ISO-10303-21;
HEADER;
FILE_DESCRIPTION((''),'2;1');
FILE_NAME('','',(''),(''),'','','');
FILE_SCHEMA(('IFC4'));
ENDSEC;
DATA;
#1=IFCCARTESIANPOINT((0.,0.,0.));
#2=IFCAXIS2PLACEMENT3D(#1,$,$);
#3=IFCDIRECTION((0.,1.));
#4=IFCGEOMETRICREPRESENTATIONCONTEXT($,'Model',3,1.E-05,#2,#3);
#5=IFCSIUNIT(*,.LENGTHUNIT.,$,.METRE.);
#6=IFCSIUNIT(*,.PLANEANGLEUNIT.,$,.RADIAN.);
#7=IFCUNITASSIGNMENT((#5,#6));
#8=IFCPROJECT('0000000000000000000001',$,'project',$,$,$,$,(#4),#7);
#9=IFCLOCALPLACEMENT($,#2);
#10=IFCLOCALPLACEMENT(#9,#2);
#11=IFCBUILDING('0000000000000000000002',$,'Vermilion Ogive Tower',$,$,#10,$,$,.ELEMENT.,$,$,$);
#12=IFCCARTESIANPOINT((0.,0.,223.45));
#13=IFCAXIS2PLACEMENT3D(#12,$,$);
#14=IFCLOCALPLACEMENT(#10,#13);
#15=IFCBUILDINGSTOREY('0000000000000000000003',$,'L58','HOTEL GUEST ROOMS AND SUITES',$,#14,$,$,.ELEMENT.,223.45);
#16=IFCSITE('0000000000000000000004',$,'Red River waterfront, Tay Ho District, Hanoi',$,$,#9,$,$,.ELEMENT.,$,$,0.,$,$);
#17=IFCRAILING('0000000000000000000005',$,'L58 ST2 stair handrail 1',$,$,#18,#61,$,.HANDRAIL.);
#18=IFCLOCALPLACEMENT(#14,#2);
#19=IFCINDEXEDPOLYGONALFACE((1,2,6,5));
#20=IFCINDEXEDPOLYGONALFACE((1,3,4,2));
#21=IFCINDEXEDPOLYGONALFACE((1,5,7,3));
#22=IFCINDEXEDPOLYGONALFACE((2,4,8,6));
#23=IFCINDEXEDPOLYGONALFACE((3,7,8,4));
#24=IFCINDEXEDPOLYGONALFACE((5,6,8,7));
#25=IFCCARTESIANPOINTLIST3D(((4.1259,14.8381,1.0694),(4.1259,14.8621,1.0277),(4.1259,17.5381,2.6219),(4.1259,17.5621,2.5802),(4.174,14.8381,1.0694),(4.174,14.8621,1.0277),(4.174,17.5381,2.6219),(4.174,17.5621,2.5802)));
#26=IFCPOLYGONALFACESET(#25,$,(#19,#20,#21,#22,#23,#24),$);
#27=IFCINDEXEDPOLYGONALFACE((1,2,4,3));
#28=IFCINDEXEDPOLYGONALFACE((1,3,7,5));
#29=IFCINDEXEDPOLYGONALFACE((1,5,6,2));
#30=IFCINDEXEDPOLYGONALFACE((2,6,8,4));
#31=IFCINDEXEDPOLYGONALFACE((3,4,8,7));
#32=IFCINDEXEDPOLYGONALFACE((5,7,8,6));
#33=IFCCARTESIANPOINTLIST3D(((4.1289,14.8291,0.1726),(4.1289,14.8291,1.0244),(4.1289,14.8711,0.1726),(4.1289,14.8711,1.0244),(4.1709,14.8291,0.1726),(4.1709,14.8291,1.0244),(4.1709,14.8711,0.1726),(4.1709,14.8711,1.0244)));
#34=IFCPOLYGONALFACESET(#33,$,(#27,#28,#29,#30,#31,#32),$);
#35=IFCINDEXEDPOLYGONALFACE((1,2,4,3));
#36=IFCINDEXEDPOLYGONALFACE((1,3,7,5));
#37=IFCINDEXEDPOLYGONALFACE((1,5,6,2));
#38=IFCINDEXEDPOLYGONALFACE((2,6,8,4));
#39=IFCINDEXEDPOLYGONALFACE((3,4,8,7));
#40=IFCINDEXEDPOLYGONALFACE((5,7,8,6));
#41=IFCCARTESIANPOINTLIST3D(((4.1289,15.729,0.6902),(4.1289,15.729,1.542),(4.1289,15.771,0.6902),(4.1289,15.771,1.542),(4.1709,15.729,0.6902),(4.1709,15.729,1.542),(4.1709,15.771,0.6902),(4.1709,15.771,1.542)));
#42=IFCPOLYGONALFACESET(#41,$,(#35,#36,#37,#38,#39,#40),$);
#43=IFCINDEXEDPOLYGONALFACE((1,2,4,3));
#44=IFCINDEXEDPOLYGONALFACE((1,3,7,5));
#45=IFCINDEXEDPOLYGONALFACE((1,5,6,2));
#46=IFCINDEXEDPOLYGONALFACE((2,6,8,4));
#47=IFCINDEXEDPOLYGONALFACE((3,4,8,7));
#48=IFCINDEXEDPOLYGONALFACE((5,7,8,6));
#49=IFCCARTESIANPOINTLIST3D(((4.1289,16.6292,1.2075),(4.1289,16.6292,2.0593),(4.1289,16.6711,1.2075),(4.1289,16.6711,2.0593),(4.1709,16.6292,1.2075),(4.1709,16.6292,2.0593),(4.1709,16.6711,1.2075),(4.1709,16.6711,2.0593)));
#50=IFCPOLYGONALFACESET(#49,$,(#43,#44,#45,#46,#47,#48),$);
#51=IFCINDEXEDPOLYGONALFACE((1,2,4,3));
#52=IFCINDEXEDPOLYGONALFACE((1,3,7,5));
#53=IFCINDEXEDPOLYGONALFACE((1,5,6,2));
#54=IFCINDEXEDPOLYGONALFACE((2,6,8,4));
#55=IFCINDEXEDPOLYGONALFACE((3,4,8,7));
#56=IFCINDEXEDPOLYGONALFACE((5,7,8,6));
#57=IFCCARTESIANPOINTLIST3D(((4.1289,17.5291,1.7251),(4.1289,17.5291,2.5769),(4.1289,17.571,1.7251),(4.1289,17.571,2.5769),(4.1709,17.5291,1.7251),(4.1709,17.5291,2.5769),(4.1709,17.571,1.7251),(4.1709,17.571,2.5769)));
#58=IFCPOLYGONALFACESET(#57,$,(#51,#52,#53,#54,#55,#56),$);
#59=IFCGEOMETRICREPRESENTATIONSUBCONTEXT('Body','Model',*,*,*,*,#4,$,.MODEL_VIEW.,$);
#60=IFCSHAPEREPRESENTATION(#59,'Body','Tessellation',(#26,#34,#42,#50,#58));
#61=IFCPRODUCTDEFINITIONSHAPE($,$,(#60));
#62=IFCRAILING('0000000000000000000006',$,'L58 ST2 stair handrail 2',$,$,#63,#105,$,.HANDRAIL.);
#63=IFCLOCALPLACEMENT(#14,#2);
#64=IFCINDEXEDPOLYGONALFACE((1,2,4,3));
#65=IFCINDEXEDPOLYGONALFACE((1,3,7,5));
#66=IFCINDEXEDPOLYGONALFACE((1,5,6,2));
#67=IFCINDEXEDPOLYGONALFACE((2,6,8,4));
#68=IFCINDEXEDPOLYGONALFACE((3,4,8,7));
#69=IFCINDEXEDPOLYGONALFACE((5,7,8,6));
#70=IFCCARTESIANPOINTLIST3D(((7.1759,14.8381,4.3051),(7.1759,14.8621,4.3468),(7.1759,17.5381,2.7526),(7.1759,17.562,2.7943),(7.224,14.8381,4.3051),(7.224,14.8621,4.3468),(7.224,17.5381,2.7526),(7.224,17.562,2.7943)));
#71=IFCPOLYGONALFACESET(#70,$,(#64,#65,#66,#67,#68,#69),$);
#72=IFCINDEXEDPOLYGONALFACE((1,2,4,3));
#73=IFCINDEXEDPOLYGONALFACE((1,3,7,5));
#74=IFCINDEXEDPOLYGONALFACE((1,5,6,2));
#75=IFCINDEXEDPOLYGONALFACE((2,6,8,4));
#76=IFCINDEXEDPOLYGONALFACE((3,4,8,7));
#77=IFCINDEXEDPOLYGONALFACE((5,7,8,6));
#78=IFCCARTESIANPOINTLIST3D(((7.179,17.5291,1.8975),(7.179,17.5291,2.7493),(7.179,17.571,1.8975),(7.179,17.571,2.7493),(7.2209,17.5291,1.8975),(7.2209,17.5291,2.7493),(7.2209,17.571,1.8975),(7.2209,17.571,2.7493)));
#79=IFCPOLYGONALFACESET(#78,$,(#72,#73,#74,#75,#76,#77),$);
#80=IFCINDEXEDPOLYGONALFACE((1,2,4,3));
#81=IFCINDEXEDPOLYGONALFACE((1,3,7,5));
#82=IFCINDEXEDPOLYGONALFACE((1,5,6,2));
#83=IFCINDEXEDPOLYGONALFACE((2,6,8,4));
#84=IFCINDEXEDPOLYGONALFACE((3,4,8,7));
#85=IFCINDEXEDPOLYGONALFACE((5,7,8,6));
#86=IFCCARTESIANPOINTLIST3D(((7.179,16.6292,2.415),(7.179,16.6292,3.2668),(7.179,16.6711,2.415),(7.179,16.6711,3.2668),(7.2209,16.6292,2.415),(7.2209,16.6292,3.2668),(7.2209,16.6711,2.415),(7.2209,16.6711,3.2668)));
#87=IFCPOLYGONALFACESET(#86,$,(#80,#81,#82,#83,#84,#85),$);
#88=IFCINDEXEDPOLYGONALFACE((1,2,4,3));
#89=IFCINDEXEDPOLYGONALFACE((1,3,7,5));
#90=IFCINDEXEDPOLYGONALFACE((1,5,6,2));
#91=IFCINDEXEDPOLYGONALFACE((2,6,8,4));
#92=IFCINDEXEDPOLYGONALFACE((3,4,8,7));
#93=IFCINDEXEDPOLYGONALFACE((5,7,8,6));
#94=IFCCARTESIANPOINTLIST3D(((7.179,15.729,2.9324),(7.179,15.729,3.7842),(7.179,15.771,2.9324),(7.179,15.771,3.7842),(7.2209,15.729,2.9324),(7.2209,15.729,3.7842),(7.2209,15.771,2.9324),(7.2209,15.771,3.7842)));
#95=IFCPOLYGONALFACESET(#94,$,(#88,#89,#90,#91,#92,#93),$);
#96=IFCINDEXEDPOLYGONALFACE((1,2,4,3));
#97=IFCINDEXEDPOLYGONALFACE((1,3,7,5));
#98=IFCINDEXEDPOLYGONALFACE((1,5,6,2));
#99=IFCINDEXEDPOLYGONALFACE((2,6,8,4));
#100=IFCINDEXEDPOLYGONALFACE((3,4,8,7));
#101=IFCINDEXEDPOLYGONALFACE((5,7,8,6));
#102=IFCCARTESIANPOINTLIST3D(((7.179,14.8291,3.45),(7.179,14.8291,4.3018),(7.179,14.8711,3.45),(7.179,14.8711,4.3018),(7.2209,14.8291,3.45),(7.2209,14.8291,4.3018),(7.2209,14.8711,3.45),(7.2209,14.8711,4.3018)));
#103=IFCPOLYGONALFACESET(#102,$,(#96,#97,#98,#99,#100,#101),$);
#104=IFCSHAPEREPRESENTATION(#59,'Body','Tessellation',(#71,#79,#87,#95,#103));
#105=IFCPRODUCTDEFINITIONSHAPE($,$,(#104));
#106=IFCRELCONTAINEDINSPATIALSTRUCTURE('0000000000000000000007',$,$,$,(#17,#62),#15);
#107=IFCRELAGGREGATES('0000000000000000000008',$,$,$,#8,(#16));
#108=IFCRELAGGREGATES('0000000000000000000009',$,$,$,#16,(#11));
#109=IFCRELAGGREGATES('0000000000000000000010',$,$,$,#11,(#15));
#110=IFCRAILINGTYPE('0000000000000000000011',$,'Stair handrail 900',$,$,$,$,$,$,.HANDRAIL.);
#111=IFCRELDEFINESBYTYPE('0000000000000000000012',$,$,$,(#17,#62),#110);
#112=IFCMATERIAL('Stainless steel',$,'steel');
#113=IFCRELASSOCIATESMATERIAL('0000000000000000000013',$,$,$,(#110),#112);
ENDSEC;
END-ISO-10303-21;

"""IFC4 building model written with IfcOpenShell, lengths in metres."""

from ifc_helpers import new_model, si_unit, direction, frame, origin, origin_2d, place, context, subcontext, project, spatial, rectangle, extrude, material, type_object, element, save


model = new_model("IFC4")

# Units and contexts
model_context = context("Model", 3, precision=1e-05, world=origin(), true_north=direction((0.0, 1.0)))
body_context = subcontext(model_context, "Body", "Model", "MODEL_VIEW")
ifc_project = project(units=[si_unit("LENGTHUNIT", "METRE"), si_unit("PLANEANGLEUNIT", "RADIAN")], contexts=[model_context])

# Site, building, storey
site_placement = place(None, origin())
site = spatial("IfcSite", under=ifc_project, at=site_placement, Name="Red River waterfront, Tay Ho District, Hanoi", CompositionType="ELEMENT", RefElevation=0.0)
building_placement = place(site_placement, origin())
building = spatial("IfcBuilding", under=site, at=building_placement, Name="Vermilion Ogive Tower", CompositionType="ELEMENT")
storey_placement = place(building_placement, frame((0.0, 0.0, 223.45)))
storey = spatial("IfcBuildingStorey", under=building, at=storey_placement, Name="L58", Description="HOTEL GUEST ROOMS AND SUITES", CompositionType="ELEMENT", Elevation=223.45)

# Railings
ifc_material_1 = material(Name="Stainless steel", Category="steel")
railing_type_1 = type_object("IfcRailingType", Name="Stair handrail 900", PredefinedType="HANDRAIL", material=ifc_material_1)
railing_1_placement = place(storey_placement, frame((4.1499, 14.8501, 0.1726)))
element("IfcRailing", 1, at=railing_1_placement, inside=storey, type_object=railing_type_1, Name="L58 ST2 stair handrail 1", PredefinedType="HANDRAIL", context=body_context, shape_type="SweptSolid", body=[
    extrude(rectangle(XDim=0.0481, YDim=0.0481, at=origin_2d()), frame((0.0, 0.0, 0.876), z_axis=(0.0, 0.866904, 0.498476), x_axis=(-1.0, 0.0, 0.0)), (0.0, 0.0, 1.0), 3.1145),
    extrude(rectangle(XDim=0.042, YDim=0.042, at=origin_2d()), origin(), (0.0, 0.0, 1.0), 0.8518),
    extrude(rectangle(XDim=0.042, YDim=0.042, at=origin_2d()), frame((0.0, 0.8999, 0.5176)), (0.0, 0.0, 1.0), 0.8518),
    extrude(rectangle(XDim=0.042, YDim=0.042, at=origin_2d()), frame((0.0, 1.8, 1.0349)), (0.0, 0.0, 1.0), 0.8518),
    extrude(rectangle(XDim=0.042, YDim=0.042, at=origin_2d()), frame((0.0, 2.7, 1.5525)), (0.0, 0.0, 1.0), 0.8518),
])
railing_2_placement = place(storey_placement, frame((7.2, 17.55, 1.8975)))
element("IfcRailing", 2, at=railing_2_placement, inside=storey, type_object=railing_type_1, Name="L58 ST2 stair handrail 2", PredefinedType="HANDRAIL", context=body_context, shape_type="SweptSolid", body=[
    extrude(rectangle(XDim=0.0481, YDim=0.0481, at=origin_2d()), frame((0.0, 0.0, 0.876), z_axis=(0.0, -0.866904, 0.498476), x_axis=(1.0, 0.0, 0.0)), (0.0, 0.0, 1.0), 3.1145),
    extrude(rectangle(XDim=0.042, YDim=0.042, at=origin_2d()), origin(), (0.0, 0.0, 1.0), 0.8518),
    extrude(rectangle(XDim=0.042, YDim=0.042, at=origin_2d()), frame((0.0, -0.8999, 0.5176)), (0.0, 0.0, 1.0), 0.8518),
    extrude(rectangle(XDim=0.042, YDim=0.042, at=origin_2d()), frame((0.0, -1.8, 1.0349)), (0.0, 0.0, 1.0), 0.8518),
    extrude(rectangle(XDim=0.042, YDim=0.042, at=origin_2d()), frame((0.0, -2.7, 1.5525)), (0.0, 0.0, 1.0), 0.8518),
])

save(model, "model.ifc")
